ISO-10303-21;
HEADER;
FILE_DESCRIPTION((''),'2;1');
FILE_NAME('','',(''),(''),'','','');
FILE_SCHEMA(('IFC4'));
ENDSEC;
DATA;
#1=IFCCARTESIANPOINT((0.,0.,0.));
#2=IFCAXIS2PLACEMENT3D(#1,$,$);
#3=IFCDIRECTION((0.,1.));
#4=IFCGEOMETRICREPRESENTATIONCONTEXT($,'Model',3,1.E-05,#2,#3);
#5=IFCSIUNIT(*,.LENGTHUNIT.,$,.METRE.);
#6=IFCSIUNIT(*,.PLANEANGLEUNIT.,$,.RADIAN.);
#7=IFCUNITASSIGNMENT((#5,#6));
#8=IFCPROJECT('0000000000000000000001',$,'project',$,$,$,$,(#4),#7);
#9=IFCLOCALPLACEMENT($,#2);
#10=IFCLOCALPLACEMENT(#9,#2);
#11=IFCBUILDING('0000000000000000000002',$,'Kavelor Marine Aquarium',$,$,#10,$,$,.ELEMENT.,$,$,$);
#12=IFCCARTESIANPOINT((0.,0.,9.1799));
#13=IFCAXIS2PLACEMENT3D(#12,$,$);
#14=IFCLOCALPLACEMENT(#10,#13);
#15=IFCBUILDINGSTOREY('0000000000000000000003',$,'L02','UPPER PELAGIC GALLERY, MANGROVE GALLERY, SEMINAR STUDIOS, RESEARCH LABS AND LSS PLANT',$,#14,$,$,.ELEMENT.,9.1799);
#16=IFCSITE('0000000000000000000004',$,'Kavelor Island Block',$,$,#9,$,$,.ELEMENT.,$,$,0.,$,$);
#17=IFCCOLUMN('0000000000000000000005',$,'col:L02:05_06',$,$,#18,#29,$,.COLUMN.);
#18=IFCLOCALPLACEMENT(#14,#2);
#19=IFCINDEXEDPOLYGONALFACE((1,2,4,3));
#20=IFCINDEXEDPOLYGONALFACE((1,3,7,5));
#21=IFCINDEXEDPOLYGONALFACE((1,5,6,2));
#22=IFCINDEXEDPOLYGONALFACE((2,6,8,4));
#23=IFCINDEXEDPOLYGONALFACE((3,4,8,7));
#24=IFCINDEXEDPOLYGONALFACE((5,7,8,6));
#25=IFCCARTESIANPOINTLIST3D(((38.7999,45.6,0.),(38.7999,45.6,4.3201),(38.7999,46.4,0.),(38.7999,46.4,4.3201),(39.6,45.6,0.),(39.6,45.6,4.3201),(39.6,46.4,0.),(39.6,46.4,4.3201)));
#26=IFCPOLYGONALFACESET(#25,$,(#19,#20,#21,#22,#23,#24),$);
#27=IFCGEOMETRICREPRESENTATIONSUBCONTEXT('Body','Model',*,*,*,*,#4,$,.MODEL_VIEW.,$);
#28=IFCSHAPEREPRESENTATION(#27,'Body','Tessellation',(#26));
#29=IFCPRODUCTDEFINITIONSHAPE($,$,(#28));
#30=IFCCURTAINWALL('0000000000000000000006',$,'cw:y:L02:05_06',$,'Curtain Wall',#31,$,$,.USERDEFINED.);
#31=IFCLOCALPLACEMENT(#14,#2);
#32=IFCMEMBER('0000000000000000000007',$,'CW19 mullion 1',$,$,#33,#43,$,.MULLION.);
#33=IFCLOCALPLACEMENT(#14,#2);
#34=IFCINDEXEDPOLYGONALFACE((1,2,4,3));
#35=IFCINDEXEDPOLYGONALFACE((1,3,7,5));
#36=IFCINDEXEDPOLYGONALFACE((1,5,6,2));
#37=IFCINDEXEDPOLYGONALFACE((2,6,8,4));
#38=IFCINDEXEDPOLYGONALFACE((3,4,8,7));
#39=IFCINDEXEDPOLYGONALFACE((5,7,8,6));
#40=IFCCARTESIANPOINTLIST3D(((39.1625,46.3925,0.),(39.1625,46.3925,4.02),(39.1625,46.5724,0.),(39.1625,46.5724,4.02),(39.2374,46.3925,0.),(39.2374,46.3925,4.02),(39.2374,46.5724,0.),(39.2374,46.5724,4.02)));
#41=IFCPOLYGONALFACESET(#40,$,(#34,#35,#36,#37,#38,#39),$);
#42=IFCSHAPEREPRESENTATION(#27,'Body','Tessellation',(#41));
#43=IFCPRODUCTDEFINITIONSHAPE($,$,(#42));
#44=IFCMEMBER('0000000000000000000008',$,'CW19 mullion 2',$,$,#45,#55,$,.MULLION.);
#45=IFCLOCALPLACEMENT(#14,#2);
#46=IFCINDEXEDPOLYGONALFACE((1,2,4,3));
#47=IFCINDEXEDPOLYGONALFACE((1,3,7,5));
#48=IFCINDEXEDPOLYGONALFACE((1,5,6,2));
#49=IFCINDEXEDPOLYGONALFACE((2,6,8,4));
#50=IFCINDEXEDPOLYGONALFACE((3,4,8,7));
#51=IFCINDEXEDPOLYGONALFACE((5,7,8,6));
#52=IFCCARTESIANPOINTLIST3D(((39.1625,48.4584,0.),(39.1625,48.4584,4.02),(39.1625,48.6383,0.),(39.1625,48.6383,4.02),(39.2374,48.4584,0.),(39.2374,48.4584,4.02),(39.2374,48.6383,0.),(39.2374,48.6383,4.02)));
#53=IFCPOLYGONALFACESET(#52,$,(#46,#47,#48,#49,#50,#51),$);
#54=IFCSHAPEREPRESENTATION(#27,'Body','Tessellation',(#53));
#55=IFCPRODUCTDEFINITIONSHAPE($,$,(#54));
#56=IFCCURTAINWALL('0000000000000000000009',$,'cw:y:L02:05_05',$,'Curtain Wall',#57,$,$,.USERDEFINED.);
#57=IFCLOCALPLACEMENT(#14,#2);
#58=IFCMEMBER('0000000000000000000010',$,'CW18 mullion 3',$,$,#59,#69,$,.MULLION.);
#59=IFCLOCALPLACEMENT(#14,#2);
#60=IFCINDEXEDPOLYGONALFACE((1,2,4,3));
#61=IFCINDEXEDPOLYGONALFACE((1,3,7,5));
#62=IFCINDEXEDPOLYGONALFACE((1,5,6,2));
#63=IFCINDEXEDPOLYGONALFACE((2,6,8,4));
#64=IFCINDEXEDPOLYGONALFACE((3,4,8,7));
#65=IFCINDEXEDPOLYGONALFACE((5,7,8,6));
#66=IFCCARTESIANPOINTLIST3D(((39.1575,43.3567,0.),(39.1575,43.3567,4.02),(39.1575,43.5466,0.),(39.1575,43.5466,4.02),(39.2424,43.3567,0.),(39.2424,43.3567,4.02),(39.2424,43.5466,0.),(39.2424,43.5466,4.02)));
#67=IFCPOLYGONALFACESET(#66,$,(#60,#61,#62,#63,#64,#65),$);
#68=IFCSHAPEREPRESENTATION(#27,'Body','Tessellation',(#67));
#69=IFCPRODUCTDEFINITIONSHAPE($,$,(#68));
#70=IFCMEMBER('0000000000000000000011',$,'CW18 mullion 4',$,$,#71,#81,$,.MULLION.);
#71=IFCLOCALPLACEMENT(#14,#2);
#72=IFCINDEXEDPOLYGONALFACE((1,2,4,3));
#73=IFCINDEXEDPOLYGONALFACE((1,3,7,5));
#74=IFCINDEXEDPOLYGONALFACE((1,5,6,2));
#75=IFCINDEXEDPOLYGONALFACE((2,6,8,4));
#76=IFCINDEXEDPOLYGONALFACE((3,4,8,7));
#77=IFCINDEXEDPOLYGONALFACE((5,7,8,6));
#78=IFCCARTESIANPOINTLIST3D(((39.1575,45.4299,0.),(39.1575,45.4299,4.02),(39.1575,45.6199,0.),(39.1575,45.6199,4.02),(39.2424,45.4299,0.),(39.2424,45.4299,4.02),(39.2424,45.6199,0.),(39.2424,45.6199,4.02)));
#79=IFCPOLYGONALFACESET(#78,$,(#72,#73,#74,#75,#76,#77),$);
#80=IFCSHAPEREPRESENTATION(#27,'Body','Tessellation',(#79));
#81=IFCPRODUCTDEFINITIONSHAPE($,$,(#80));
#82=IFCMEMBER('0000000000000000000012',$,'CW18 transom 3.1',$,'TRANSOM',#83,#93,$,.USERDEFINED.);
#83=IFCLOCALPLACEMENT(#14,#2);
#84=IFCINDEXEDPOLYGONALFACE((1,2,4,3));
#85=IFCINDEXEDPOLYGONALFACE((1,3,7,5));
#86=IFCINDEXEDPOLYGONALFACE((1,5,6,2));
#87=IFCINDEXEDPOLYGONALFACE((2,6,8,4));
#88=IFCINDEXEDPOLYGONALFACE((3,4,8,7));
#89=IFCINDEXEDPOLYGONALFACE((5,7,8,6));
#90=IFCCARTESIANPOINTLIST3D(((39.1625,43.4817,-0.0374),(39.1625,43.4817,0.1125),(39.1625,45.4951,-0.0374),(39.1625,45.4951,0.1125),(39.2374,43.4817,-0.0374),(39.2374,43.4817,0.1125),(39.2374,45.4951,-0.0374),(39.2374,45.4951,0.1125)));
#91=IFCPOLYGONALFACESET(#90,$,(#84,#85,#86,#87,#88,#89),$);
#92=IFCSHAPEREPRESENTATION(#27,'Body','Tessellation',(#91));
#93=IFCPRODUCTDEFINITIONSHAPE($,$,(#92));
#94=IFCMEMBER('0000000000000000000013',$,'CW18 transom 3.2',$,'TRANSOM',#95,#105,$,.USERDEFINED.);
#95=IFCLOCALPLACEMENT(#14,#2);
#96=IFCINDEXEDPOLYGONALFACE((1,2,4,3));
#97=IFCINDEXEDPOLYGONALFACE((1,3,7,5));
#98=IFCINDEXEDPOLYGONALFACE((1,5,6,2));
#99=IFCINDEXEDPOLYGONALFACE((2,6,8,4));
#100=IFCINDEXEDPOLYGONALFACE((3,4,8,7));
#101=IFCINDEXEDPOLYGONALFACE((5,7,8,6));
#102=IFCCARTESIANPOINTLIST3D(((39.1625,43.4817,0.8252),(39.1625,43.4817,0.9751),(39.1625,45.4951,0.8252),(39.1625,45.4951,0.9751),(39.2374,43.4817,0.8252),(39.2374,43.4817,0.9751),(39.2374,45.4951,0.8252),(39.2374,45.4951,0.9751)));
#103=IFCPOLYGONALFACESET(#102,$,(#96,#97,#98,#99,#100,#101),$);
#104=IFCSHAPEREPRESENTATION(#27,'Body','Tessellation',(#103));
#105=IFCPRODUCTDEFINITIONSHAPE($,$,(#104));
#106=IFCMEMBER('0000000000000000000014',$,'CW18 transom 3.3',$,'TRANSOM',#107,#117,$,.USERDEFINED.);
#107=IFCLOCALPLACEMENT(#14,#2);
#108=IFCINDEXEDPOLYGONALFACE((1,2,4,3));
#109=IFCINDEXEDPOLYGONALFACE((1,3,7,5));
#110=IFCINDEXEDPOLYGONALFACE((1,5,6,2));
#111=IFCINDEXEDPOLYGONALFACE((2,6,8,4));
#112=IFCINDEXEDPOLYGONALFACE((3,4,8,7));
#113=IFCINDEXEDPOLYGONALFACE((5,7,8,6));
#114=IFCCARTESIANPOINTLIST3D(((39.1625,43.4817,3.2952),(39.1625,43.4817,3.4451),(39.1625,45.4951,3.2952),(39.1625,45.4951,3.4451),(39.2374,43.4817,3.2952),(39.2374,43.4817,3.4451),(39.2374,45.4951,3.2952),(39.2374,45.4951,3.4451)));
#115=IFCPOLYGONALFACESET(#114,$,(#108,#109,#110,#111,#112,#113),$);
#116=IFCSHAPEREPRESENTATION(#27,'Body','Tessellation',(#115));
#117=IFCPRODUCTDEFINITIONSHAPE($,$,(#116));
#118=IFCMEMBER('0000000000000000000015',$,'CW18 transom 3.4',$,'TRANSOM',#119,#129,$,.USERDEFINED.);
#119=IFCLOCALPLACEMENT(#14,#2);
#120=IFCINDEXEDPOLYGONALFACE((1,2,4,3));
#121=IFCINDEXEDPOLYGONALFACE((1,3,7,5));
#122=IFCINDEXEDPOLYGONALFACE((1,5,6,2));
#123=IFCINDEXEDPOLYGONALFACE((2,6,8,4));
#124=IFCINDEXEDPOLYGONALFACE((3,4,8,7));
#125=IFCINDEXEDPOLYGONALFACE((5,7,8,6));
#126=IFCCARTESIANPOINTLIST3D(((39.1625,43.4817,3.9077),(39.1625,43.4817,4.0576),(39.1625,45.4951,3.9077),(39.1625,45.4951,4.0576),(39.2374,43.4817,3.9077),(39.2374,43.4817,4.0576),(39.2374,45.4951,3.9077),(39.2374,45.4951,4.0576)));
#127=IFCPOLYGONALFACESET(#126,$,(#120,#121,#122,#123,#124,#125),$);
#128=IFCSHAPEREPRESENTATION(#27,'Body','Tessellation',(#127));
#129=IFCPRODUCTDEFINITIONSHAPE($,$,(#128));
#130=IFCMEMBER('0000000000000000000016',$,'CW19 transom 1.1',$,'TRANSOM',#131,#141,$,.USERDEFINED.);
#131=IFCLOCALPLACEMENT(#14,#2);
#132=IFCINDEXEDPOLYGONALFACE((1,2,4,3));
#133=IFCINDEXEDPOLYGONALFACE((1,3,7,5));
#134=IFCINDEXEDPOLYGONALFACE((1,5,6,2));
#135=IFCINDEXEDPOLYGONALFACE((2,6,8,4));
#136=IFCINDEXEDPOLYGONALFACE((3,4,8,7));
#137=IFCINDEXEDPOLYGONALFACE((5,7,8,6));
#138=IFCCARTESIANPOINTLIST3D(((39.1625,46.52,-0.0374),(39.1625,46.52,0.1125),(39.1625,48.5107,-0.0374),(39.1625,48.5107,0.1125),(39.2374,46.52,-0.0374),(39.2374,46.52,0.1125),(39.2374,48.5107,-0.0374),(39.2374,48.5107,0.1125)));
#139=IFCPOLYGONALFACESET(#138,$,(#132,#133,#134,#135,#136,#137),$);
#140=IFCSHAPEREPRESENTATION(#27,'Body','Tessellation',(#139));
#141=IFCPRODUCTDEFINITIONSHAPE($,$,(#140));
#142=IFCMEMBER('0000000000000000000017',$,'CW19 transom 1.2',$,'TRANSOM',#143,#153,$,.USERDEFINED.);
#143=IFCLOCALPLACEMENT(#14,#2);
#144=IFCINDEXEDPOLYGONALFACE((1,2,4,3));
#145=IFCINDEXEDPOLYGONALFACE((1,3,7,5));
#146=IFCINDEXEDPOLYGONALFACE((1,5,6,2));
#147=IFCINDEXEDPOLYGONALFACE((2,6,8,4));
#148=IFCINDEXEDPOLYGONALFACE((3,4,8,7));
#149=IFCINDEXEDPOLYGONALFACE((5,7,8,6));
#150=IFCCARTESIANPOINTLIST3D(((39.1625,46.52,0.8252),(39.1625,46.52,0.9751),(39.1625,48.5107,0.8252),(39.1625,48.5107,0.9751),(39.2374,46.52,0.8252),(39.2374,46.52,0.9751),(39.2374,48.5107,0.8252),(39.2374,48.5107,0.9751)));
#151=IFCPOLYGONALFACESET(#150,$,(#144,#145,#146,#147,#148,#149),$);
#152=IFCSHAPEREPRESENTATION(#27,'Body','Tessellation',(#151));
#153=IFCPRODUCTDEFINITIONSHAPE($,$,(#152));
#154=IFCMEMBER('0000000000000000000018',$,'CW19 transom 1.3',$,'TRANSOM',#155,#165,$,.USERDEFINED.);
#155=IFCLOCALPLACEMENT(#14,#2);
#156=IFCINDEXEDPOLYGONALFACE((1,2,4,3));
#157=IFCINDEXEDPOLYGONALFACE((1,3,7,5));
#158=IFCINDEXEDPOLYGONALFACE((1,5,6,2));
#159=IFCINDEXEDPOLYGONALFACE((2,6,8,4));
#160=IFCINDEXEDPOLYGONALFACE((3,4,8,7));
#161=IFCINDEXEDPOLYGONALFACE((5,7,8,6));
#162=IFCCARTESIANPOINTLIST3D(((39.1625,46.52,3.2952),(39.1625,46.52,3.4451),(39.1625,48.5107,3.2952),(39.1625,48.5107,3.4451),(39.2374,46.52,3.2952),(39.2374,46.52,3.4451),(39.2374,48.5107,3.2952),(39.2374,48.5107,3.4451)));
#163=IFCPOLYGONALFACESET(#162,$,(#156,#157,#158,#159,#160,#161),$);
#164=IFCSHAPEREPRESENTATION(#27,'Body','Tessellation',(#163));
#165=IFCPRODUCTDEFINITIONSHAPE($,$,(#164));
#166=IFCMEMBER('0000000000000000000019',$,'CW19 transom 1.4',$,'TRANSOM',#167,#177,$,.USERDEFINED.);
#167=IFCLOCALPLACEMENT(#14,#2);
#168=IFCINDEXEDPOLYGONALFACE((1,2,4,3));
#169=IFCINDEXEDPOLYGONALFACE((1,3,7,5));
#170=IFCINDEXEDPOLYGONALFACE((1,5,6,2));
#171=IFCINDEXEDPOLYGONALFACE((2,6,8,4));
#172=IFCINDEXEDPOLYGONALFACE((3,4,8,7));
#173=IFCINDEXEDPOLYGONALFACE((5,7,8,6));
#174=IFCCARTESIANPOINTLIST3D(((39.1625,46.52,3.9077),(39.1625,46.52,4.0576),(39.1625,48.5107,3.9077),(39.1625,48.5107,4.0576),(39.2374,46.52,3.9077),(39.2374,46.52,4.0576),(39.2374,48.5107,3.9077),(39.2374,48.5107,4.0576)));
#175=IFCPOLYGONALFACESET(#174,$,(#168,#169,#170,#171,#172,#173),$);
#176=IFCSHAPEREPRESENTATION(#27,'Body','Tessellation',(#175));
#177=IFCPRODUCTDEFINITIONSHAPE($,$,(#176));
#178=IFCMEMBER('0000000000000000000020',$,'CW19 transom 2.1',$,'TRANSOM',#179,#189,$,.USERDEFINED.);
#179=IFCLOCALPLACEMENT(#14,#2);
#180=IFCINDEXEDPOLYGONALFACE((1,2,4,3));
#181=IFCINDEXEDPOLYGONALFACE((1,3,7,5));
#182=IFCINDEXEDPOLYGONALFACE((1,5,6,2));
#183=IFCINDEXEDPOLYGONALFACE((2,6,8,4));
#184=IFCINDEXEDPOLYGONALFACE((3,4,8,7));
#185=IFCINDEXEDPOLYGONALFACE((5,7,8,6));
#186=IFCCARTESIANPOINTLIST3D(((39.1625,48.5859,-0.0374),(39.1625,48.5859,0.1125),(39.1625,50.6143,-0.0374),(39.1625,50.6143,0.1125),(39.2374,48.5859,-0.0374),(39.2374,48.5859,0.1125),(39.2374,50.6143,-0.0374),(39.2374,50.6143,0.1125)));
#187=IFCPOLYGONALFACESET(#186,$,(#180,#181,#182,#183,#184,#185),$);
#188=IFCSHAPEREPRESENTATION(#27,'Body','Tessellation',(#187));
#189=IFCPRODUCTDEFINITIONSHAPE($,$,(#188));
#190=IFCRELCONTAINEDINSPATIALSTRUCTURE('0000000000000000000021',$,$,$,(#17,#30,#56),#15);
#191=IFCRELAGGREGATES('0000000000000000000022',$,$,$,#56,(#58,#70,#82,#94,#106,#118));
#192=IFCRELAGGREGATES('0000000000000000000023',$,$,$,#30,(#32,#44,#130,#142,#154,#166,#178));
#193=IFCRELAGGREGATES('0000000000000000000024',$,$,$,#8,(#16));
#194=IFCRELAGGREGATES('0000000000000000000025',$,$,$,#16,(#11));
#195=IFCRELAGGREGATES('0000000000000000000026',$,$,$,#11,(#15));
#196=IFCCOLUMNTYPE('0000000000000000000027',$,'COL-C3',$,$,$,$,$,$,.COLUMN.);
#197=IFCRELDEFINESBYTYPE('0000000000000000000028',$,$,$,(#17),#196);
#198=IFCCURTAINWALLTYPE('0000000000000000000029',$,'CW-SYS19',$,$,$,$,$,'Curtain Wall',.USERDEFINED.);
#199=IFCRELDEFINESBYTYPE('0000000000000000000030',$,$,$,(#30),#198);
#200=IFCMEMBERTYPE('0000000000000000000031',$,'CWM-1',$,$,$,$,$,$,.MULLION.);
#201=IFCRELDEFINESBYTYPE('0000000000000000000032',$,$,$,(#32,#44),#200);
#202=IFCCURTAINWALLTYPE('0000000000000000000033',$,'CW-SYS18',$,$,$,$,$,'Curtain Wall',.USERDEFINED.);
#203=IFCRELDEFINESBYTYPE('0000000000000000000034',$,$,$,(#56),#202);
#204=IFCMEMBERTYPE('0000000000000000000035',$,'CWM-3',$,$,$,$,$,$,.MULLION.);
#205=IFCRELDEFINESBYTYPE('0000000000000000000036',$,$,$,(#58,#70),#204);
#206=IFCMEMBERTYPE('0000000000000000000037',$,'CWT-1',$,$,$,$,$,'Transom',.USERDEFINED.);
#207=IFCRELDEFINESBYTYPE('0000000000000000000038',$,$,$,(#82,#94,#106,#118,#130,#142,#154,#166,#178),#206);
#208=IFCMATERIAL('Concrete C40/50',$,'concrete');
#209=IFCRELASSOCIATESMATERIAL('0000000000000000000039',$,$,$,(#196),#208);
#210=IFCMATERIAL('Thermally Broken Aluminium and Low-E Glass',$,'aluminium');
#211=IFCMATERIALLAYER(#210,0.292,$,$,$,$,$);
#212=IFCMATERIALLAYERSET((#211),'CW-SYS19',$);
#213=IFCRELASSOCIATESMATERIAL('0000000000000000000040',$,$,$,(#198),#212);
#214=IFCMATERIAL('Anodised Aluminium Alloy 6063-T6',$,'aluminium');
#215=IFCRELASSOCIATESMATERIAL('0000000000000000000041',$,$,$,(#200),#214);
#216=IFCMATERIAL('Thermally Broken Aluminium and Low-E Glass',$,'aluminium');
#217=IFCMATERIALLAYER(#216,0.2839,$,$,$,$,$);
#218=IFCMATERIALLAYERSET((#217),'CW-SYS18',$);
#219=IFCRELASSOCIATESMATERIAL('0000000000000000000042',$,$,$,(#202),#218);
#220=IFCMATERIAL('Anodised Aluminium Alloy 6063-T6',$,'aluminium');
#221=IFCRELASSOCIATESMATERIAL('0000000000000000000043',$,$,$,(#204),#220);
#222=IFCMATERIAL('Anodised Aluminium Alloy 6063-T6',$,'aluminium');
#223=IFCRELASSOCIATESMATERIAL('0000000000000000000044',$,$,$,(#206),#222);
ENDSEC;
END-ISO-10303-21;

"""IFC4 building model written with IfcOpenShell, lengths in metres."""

from ifc_helpers import new_model, si_unit, direction, frame, origin, origin_2d, place, context, subcontext, project, spatial, rectangle, extrude, material, layer, layer_set, material_profile, profile_set, type_object, element, aggregate, save


model = new_model("IFC4")

# Units and contexts
model_context = context("Model", 3, precision=1e-05, world=origin(), true_north=direction((0.0, 1.0)))
body_context = subcontext(model_context, "Body", "Model", "MODEL_VIEW")
ifc_project = project(units=[si_unit("LENGTHUNIT", "METRE"), si_unit("PLANEANGLEUNIT", "RADIAN")], contexts=[model_context])

# Site, building, storey
site_placement = place(None, origin())
site = spatial("IfcSite", under=ifc_project, at=site_placement, Name="Kavelor Island Block", CompositionType="ELEMENT", RefElevation=0.0)
building_placement = place(site_placement, origin())
building = spatial("IfcBuilding", under=site, at=building_placement, Name="Kavelor Marine Aquarium", CompositionType="ELEMENT")
storey_placement = place(building_placement, frame((0.0, 0.0, 9.1799)))
storey = spatial("IfcBuildingStorey", under=building, at=storey_placement, Name="L02", Description="UPPER PELAGIC GALLERY, MANGROVE GALLERY, SEMINAR STUDIOS, RESEARCH LABS AND LSS PLANT", CompositionType="ELEMENT", Elevation=9.1799)

# Column
ifc_material_1 = material(Name="Concrete C40/50", Category="concrete")
ifc_material_profile_1 = material_profile(ifc_material_1, rectangle(XDim=0.8, YDim=0.8, at=origin_2d()), Name="RC-COL 800x800")
ifc_profile_set_1 = profile_set([ifc_material_profile_1], Name="Concrete C40/50")
column_type = type_object("IfcColumnType", Name="COL-C3", PredefinedType="COLUMN", material=ifc_profile_set_1)
column_placement = place(storey_placement, frame((39.2, 46.0, 0.0), z_axis=(0.0, 0.0, 1.0), x_axis=(1.0, 0.0, 0.0)))
element("IfcColumn", 1, at=column_placement, inside=storey, type_object=column_type, Name="col:L02:05_06", PredefinedType="COLUMN", context=body_context, shape_type="SweptSolid", body=[
    extrude(rectangle(XDim=0.8, YDim=0.8, at=origin_2d()), origin(), (0.0, 0.0, 1.0), 4.3201),
])

# Curtain walls, members
ifc_material_2 = material(Name="Thermally Broken Aluminium and Low-E Glass", Category="aluminium")
ifc_layer_1 = layer(ifc_material_2, 0.292)
ifc_layer_set_1 = layer_set([ifc_layer_1], Name="CW-SYS19")
curtain_wall_type_1 = type_object("IfcCurtainWallType", Name="CW-SYS19", ElementType="Curtain Wall", PredefinedType="USERDEFINED", material=ifc_layer_set_1)
curtain_wall_1_placement = place(storey_placement, origin())
curtain_wall_1 = element("IfcCurtainWall", 2, at=curtain_wall_1_placement, inside=storey, type_object=curtain_wall_type_1, Name="cw:y:L02:05_06", ObjectType="Curtain Wall", PredefinedType="USERDEFINED")
ifc_material_3 = material(Name="Anodised Aluminium Alloy 6063-T6", Category="aluminium")
ifc_material_profile_2 = material_profile(ifc_material_3, rectangle(XDim=0.075, YDim=0.1799, at=origin_2d()), Name="CW-MUL 75x180")
ifc_profile_set_2 = profile_set([ifc_material_profile_2], Name="Anodised Aluminium Alloy 6063-T6")
member_type_1 = type_object("IfcMemberType", Name="CWM-1", PredefinedType="MULLION", material=ifc_profile_set_2)
member_1_placement = place(storey_placement, frame((39.2, 46.4824, 0.0), z_axis=(0.0, 0.0, 1.0), x_axis=(-1.0, 0.0, 0.0)))
member_1 = element("IfcMember", 3, at=member_1_placement, type_object=member_type_1, Name="CW19 mullion 1", PredefinedType="MULLION", context=body_context, shape_type="SweptSolid", body=[
    extrude(rectangle(XDim=0.075, YDim=0.1799, at=origin_2d()), origin(), (0.0, 0.0, 1.0), 4.02),
])
member_2_placement = place(storey_placement, frame((39.2, 48.5483, 0.0), z_axis=(0.0, 0.0, 1.0), x_axis=(-1.0, 0.0, 0.0)))
member_2 = element("IfcMember", 4, at=member_2_placement, type_object=member_type_1, Name="CW19 mullion 2", PredefinedType="MULLION", context=body_context, shape_type="SweptSolid", body=[
    extrude(rectangle(XDim=0.075, YDim=0.1799, at=origin_2d()), origin(), (0.0, 0.0, 1.0), 4.02),
])
ifc_material_4 = material(Name="Thermally Broken Aluminium and Low-E Glass", Category="aluminium")
ifc_layer_2 = layer(ifc_material_4, 0.2839)
ifc_layer_set_2 = layer_set([ifc_layer_2], Name="CW-SYS18")
curtain_wall_type_2 = type_object("IfcCurtainWallType", Name="CW-SYS18", ElementType="Curtain Wall", PredefinedType="USERDEFINED", material=ifc_layer_set_2)
curtain_wall_2_placement = place(storey_placement, origin())
curtain_wall_2 = element("IfcCurtainWall", 5, at=curtain_wall_2_placement, inside=storey, type_object=curtain_wall_type_2, Name="cw:y:L02:05_05", ObjectType="Curtain Wall", PredefinedType="USERDEFINED")
ifc_material_5 = material(Name="Anodised Aluminium Alloy 6063-T6", Category="aluminium")
ifc_material_profile_3 = material_profile(ifc_material_5, rectangle(XDim=0.085, YDim=0.1899, at=origin_2d()), Name="CW-MUL 85x190")
ifc_profile_set_3 = profile_set([ifc_material_profile_3], Name="Anodised Aluminium Alloy 6063-T6")
member_type_2 = type_object("IfcMemberType", Name="CWM-3", PredefinedType="MULLION", material=ifc_profile_set_3)
member_3_placement = place(storey_placement, frame((39.2, 43.4517, 0.0), z_axis=(0.0, 0.0, 1.0), x_axis=(-1.0, 0.0, 0.0)))
member_3 = element("IfcMember", 6, at=member_3_placement, type_object=member_type_2, Name="CW18 mullion 3", PredefinedType="MULLION", context=body_context, shape_type="SweptSolid", body=[
    extrude(rectangle(XDim=0.085, YDim=0.1899, at=origin_2d()), origin(), (0.0, 0.0, 1.0), 4.02),
])
member_4_placement = place(storey_placement, frame((39.2, 45.5249, 0.0), z_axis=(0.0, 0.0, 1.0), x_axis=(-1.0, 0.0, 0.0)))
member_4 = element("IfcMember", 7, at=member_4_placement, type_object=member_type_2, Name="CW18 mullion 4", PredefinedType="MULLION", context=body_context, shape_type="SweptSolid", body=[
    extrude(rectangle(XDim=0.085, YDim=0.1899, at=origin_2d()), origin(), (0.0, 0.0, 1.0), 4.02),
])
ifc_material_6 = material(Name="Anodised Aluminium Alloy 6063-T6", Category="aluminium")
ifc_material_profile_4 = material_profile(ifc_material_6, rectangle(XDim=0.075, YDim=0.1499, at=origin_2d()), Name="CW-TRN 75x150")
ifc_profile_set_4 = profile_set([ifc_material_profile_4], Name="Anodised Aluminium Alloy 6063-T6")
member_type_3 = type_object("IfcMemberType", Name="CWT-1", ElementType="Transom", PredefinedType="USERDEFINED", material=ifc_profile_set_4)
member_5_placement = place(storey_placement, frame((39.2, 43.4817, 0.0376), z_axis=(0.0, 1.0, 0.0), x_axis=(-1.0, 0.0, 0.0)))
member_5 = element("IfcMember", 8, at=member_5_placement, type_object=member_type_3, Name="CW18 transom 3.1", ObjectType="TRANSOM", PredefinedType="USERDEFINED", context=body_context, shape_type="SweptSolid", body=[
    extrude(rectangle(XDim=0.075, YDim=0.1499, at=origin_2d()), origin(), (0.0, 0.0, 1.0), 2.0134),
])
member_6_placement = place(storey_placement, frame((39.2, 43.4817, 0.9001), z_axis=(0.0, 1.0, 0.0), x_axis=(-1.0, 0.0, 0.0)))
member_6 = element("IfcMember", 9, at=member_6_placement, type_object=member_type_3, Name="CW18 transom 3.2", ObjectType="TRANSOM", PredefinedType="USERDEFINED", context=body_context, shape_type="SweptSolid", body=[
    extrude(rectangle(XDim=0.075, YDim=0.1499, at=origin_2d()), origin(), (0.0, 0.0, 1.0), 2.0134),
])
member_7_placement = place(storey_placement, frame((39.2, 43.4817, 3.3701), z_axis=(0.0, 1.0, 0.0), x_axis=(-1.0, 0.0, 0.0)))
member_7 = element("IfcMember", 10, at=member_7_placement, type_object=member_type_3, Name="CW18 transom 3.3", ObjectType="TRANSOM", PredefinedType="USERDEFINED", context=body_context, shape_type="SweptSolid", body=[
    extrude(rectangle(XDim=0.075, YDim=0.1499, at=origin_2d()), origin(), (0.0, 0.0, 1.0), 2.0134),
])
member_8_placement = place(storey_placement, frame((39.2, 43.4817, 3.9827), z_axis=(0.0, 1.0, 0.0), x_axis=(-1.0, 0.0, 0.0)))
member_8 = element("IfcMember", 11, at=member_8_placement, type_object=member_type_3, Name="CW18 transom 3.4", ObjectType="TRANSOM", PredefinedType="USERDEFINED", context=body_context, shape_type="SweptSolid", body=[
    extrude(rectangle(XDim=0.075, YDim=0.1499, at=origin_2d()), origin(), (0.0, 0.0, 1.0), 2.0134),
])

# Members
member_9_placement = place(storey_placement, frame((39.2, 46.52, 0.0376), z_axis=(0.0, 1.0, 0.0), x_axis=(-1.0, 0.0, 0.0)))
member_9 = element("IfcMember", 12, at=member_9_placement, type_object=member_type_3, Name="CW19 transom 1.1", ObjectType="TRANSOM", PredefinedType="USERDEFINED", context=body_context, shape_type="SweptSolid", body=[
    extrude(rectangle(XDim=0.075, YDim=0.1499, at=origin_2d()), origin(), (0.0, 0.0, 1.0), 1.9907),
])
member_10_placement = place(storey_placement, frame((39.2, 46.52, 0.9001), z_axis=(0.0, 1.0, 0.0), x_axis=(-1.0, 0.0, 0.0)))
member_10 = element("IfcMember", 13, at=member_10_placement, type_object=member_type_3, Name="CW19 transom 1.2", ObjectType="TRANSOM", PredefinedType="USERDEFINED", context=body_context, shape_type="SweptSolid", body=[
    extrude(rectangle(XDim=0.075, YDim=0.1499, at=origin_2d()), origin(), (0.0, 0.0, 1.0), 1.9907),
])
member_11_placement = place(storey_placement, frame((39.2, 46.52, 3.3701), z_axis=(0.0, 1.0, 0.0), x_axis=(-1.0, 0.0, 0.0)))
member_11 = element("IfcMember", 14, at=member_11_placement, type_object=member_type_3, Name="CW19 transom 1.3", ObjectType="TRANSOM", PredefinedType="USERDEFINED", context=body_context, shape_type="SweptSolid", body=[
    extrude(rectangle(XDim=0.075, YDim=0.1499, at=origin_2d()), origin(), (0.0, 0.0, 1.0), 1.9907),
])
member_12_placement = place(storey_placement, frame((39.2, 46.52, 3.9827), z_axis=(0.0, 1.0, 0.0), x_axis=(-1.0, 0.0, 0.0)))
member_12 = element("IfcMember", 15, at=member_12_placement, type_object=member_type_3, Name="CW19 transom 1.4", ObjectType="TRANSOM", PredefinedType="USERDEFINED", context=body_context, shape_type="SweptSolid", body=[
    extrude(rectangle(XDim=0.075, YDim=0.1499, at=origin_2d()), origin(), (0.0, 0.0, 1.0), 1.9907),
])
member_13_placement = place(storey_placement, frame((39.2, 48.5859, 0.0376), z_axis=(0.0, 1.0, 0.0), x_axis=(-1.0, 0.0, 0.0)))
member_13 = element("IfcMember", 16, at=member_13_placement, type_object=member_type_3, Name="CW19 transom 2.1", ObjectType="TRANSOM", PredefinedType="USERDEFINED", context=body_context, shape_type="SweptSolid", body=[
    extrude(rectangle(XDim=0.075, YDim=0.1499, at=origin_2d()), origin(), (0.0, 0.0, 1.0), 2.0283),
])

aggregate(curtain_wall_2, [member_3, member_4, member_5, member_6, member_7, member_8])
aggregate(curtain_wall_1, [member_1, member_2, member_9, member_10, member_11, member_12, member_13])

save(model, "model.ifc")
